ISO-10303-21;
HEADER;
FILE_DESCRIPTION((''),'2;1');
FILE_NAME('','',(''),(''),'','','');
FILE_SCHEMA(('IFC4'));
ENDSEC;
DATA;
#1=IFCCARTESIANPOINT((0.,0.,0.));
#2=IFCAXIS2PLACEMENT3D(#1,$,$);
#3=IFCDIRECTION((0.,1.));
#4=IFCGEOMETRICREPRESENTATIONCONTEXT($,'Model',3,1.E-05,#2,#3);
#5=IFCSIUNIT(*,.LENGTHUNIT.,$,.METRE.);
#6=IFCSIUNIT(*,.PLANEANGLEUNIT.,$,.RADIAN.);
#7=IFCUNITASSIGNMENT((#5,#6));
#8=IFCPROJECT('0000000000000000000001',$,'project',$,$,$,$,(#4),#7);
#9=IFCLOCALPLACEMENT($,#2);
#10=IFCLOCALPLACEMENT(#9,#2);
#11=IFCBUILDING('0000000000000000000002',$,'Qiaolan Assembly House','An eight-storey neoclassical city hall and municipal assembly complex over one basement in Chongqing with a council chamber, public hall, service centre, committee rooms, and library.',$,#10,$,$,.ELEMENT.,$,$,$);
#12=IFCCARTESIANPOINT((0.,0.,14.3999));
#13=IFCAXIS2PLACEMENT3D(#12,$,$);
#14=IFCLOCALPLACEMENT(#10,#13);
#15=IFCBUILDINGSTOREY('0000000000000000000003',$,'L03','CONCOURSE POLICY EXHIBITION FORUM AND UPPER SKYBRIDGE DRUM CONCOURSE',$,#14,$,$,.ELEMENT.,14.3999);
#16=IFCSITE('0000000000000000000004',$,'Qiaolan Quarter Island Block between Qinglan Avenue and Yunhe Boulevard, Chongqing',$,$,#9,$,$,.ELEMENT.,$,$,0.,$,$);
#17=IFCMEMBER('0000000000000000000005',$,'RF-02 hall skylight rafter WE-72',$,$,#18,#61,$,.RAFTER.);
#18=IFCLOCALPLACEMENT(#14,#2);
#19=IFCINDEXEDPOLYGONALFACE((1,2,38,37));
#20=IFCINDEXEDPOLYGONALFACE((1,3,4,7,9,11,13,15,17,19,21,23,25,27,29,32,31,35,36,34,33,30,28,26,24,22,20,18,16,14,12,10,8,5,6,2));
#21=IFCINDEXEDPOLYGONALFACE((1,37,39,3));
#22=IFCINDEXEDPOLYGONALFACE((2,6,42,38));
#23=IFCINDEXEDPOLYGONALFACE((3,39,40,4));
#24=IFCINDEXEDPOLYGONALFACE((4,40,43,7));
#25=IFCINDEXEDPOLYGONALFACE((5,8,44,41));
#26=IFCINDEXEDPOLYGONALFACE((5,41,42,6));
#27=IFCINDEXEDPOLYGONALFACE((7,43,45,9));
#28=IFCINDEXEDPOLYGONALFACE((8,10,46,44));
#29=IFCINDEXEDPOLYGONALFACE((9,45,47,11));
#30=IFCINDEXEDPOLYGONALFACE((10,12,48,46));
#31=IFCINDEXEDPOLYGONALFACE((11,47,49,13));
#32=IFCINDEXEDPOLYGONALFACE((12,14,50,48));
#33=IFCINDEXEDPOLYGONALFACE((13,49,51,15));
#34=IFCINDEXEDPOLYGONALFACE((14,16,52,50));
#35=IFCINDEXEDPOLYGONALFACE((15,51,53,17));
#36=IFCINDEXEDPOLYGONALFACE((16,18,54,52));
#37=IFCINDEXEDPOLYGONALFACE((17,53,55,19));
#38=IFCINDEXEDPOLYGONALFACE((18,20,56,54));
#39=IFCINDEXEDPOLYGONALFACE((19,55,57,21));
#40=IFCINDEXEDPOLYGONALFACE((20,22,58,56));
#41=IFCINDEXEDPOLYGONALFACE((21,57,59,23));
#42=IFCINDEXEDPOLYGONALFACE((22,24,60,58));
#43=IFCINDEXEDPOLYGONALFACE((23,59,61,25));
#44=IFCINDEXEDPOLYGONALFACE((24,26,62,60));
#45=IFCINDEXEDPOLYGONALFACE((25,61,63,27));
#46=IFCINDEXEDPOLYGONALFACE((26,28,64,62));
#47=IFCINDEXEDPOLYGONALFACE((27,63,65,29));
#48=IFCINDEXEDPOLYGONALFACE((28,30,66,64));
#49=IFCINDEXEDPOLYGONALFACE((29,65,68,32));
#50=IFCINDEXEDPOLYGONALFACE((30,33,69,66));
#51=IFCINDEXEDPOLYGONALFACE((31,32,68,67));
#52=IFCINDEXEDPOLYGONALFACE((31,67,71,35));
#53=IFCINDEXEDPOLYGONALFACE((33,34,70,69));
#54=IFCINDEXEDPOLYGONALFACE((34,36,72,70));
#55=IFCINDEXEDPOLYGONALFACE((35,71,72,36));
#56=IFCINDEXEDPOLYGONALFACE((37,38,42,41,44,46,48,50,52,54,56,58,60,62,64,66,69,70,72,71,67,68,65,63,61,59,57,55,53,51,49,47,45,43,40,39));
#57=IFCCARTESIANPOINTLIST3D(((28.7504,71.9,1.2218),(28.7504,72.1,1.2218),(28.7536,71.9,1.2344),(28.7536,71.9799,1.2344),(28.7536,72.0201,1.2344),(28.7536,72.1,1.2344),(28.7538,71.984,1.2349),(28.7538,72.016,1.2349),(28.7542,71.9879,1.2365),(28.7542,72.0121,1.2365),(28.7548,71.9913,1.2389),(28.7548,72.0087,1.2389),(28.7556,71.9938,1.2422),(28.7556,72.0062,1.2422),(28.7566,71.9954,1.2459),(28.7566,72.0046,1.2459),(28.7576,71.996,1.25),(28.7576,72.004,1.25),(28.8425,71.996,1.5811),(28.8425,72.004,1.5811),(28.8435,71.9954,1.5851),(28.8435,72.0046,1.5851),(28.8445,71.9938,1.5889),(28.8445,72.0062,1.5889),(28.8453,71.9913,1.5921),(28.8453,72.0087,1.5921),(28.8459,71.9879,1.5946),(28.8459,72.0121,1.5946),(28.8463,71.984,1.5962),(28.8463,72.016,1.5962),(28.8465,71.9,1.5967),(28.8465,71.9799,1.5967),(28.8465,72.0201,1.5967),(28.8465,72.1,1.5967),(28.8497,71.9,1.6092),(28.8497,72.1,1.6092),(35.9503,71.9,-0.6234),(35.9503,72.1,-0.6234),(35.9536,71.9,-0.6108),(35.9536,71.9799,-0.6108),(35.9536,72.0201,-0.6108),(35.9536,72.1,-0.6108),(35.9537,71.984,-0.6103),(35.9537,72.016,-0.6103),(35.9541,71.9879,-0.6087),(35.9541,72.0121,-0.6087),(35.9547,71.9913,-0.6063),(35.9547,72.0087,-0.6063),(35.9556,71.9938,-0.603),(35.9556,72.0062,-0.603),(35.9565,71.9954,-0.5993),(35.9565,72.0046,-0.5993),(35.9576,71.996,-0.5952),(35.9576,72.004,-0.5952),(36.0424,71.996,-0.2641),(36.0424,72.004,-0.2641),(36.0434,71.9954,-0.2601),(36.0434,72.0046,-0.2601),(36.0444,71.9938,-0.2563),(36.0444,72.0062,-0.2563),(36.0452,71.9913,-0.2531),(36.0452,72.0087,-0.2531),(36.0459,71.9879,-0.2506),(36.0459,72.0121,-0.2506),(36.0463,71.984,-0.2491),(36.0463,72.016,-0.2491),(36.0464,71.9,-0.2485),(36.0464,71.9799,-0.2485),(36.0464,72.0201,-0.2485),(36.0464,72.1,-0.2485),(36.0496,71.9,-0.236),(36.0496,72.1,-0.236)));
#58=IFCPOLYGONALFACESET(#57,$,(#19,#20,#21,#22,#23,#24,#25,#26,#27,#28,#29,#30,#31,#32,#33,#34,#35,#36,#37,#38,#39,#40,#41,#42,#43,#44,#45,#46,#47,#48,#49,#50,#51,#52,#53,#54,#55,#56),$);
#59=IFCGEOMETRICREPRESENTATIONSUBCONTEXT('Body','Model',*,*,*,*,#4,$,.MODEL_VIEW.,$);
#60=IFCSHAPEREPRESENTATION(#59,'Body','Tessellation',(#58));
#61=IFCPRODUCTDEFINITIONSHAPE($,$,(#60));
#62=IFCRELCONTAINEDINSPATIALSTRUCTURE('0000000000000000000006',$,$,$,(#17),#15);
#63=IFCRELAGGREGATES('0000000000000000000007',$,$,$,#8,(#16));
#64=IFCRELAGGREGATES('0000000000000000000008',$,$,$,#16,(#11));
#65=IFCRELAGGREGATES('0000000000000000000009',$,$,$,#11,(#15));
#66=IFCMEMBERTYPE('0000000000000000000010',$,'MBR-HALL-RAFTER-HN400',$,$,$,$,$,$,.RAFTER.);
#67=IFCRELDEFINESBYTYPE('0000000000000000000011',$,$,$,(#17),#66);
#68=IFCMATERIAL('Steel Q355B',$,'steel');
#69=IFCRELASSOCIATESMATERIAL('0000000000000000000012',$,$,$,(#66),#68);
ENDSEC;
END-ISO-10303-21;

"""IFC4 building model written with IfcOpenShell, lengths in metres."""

from ifc_helpers import new_model, si_unit, direction, frame, origin, origin_2d, place, context, subcontext, project, spatial, i_section, extrude, material, material_profile, profile_set, type_object, element, save


model = new_model("IFC4")

# Units and contexts
model_context = context("Model", 3, precision=1e-05, world=origin(), true_north=direction((0.0, 1.0)))
body_context = subcontext(model_context, "Body", "Model", "MODEL_VIEW")
ifc_project = project(units=[si_unit("LENGTHUNIT", "METRE"), si_unit("PLANEANGLEUNIT", "RADIAN")], contexts=[model_context])

# Site, building, storey
site_placement = place(None, origin())
site = spatial("IfcSite", under=ifc_project, at=site_placement, Name="Qiaolan Quarter Island Block between Qinglan Avenue and Yunhe Boulevard, Chongqing", CompositionType="ELEMENT", RefElevation=0.0)
building_placement = place(site_placement, origin())
building = spatial("IfcBuilding", under=site, at=building_placement, Name="Qiaolan Assembly House", Description="An eight-storey neoclassical city hall and municipal assembly complex over one basement in Chongqing with a council chamber, public hall, service centre, committee rooms, and library.", CompositionType="ELEMENT")
storey_placement = place(building_placement, frame((0.0, 0.0, 14.3999)))
storey = spatial("IfcBuildingStorey", under=building, at=storey_placement, Name="L03", Description="CONCOURSE POLICY EXHIBITION FORUM AND UPPER SKYBRIDGE DRUM CONCOURSE", CompositionType="ELEMENT", Elevation=14.3999)

# Shared definitions
ifc_material = material(Name="Steel Q355B", Category="steel")

# Member
ifc_material_profile_1 = material_profile(ifc_material, i_section(OverallWidth=0.2, OverallDepth=0.3999, WebThickness=0.0081, FlangeThickness=0.0129, FilletRadius=0.0161, at=origin_2d()), Name="HN 400x200x8x13-RF")
ifc_profile_set_1 = profile_set([ifc_material_profile_1], Name="Steel Q355B")
member_type = type_object("IfcMemberType", Name="MBR-HALL-RAFTER-HN400", PredefinedType="RAFTER", material=ifc_profile_set_1)
for number, where, z_axis, x_axis, name in (
    (1, (28.8, 72.0, 1.4155), (0.968694, 0.0, -0.248258), (0.0, 1.0, 0.0), "RF-02 hall skylight rafter WE-72"),
):
    element("IfcMember", number, at=place(storey_placement, frame(where, z_axis=z_axis, x_axis=x_axis)), inside=storey, type_object=member_type, Name=name, PredefinedType="RAFTER", context=body_context, shape_type="SweptSolid", body=[
        extrude(i_section(OverallWidth=0.2, OverallDepth=0.3999, WebThickness=0.0081, FlangeThickness=0.0129, FilletRadius=0.0161, at=origin_2d()), origin(), (0.0, 0.0, 1.0), 7.4326),
    ])

save(model, "model.ifc")
